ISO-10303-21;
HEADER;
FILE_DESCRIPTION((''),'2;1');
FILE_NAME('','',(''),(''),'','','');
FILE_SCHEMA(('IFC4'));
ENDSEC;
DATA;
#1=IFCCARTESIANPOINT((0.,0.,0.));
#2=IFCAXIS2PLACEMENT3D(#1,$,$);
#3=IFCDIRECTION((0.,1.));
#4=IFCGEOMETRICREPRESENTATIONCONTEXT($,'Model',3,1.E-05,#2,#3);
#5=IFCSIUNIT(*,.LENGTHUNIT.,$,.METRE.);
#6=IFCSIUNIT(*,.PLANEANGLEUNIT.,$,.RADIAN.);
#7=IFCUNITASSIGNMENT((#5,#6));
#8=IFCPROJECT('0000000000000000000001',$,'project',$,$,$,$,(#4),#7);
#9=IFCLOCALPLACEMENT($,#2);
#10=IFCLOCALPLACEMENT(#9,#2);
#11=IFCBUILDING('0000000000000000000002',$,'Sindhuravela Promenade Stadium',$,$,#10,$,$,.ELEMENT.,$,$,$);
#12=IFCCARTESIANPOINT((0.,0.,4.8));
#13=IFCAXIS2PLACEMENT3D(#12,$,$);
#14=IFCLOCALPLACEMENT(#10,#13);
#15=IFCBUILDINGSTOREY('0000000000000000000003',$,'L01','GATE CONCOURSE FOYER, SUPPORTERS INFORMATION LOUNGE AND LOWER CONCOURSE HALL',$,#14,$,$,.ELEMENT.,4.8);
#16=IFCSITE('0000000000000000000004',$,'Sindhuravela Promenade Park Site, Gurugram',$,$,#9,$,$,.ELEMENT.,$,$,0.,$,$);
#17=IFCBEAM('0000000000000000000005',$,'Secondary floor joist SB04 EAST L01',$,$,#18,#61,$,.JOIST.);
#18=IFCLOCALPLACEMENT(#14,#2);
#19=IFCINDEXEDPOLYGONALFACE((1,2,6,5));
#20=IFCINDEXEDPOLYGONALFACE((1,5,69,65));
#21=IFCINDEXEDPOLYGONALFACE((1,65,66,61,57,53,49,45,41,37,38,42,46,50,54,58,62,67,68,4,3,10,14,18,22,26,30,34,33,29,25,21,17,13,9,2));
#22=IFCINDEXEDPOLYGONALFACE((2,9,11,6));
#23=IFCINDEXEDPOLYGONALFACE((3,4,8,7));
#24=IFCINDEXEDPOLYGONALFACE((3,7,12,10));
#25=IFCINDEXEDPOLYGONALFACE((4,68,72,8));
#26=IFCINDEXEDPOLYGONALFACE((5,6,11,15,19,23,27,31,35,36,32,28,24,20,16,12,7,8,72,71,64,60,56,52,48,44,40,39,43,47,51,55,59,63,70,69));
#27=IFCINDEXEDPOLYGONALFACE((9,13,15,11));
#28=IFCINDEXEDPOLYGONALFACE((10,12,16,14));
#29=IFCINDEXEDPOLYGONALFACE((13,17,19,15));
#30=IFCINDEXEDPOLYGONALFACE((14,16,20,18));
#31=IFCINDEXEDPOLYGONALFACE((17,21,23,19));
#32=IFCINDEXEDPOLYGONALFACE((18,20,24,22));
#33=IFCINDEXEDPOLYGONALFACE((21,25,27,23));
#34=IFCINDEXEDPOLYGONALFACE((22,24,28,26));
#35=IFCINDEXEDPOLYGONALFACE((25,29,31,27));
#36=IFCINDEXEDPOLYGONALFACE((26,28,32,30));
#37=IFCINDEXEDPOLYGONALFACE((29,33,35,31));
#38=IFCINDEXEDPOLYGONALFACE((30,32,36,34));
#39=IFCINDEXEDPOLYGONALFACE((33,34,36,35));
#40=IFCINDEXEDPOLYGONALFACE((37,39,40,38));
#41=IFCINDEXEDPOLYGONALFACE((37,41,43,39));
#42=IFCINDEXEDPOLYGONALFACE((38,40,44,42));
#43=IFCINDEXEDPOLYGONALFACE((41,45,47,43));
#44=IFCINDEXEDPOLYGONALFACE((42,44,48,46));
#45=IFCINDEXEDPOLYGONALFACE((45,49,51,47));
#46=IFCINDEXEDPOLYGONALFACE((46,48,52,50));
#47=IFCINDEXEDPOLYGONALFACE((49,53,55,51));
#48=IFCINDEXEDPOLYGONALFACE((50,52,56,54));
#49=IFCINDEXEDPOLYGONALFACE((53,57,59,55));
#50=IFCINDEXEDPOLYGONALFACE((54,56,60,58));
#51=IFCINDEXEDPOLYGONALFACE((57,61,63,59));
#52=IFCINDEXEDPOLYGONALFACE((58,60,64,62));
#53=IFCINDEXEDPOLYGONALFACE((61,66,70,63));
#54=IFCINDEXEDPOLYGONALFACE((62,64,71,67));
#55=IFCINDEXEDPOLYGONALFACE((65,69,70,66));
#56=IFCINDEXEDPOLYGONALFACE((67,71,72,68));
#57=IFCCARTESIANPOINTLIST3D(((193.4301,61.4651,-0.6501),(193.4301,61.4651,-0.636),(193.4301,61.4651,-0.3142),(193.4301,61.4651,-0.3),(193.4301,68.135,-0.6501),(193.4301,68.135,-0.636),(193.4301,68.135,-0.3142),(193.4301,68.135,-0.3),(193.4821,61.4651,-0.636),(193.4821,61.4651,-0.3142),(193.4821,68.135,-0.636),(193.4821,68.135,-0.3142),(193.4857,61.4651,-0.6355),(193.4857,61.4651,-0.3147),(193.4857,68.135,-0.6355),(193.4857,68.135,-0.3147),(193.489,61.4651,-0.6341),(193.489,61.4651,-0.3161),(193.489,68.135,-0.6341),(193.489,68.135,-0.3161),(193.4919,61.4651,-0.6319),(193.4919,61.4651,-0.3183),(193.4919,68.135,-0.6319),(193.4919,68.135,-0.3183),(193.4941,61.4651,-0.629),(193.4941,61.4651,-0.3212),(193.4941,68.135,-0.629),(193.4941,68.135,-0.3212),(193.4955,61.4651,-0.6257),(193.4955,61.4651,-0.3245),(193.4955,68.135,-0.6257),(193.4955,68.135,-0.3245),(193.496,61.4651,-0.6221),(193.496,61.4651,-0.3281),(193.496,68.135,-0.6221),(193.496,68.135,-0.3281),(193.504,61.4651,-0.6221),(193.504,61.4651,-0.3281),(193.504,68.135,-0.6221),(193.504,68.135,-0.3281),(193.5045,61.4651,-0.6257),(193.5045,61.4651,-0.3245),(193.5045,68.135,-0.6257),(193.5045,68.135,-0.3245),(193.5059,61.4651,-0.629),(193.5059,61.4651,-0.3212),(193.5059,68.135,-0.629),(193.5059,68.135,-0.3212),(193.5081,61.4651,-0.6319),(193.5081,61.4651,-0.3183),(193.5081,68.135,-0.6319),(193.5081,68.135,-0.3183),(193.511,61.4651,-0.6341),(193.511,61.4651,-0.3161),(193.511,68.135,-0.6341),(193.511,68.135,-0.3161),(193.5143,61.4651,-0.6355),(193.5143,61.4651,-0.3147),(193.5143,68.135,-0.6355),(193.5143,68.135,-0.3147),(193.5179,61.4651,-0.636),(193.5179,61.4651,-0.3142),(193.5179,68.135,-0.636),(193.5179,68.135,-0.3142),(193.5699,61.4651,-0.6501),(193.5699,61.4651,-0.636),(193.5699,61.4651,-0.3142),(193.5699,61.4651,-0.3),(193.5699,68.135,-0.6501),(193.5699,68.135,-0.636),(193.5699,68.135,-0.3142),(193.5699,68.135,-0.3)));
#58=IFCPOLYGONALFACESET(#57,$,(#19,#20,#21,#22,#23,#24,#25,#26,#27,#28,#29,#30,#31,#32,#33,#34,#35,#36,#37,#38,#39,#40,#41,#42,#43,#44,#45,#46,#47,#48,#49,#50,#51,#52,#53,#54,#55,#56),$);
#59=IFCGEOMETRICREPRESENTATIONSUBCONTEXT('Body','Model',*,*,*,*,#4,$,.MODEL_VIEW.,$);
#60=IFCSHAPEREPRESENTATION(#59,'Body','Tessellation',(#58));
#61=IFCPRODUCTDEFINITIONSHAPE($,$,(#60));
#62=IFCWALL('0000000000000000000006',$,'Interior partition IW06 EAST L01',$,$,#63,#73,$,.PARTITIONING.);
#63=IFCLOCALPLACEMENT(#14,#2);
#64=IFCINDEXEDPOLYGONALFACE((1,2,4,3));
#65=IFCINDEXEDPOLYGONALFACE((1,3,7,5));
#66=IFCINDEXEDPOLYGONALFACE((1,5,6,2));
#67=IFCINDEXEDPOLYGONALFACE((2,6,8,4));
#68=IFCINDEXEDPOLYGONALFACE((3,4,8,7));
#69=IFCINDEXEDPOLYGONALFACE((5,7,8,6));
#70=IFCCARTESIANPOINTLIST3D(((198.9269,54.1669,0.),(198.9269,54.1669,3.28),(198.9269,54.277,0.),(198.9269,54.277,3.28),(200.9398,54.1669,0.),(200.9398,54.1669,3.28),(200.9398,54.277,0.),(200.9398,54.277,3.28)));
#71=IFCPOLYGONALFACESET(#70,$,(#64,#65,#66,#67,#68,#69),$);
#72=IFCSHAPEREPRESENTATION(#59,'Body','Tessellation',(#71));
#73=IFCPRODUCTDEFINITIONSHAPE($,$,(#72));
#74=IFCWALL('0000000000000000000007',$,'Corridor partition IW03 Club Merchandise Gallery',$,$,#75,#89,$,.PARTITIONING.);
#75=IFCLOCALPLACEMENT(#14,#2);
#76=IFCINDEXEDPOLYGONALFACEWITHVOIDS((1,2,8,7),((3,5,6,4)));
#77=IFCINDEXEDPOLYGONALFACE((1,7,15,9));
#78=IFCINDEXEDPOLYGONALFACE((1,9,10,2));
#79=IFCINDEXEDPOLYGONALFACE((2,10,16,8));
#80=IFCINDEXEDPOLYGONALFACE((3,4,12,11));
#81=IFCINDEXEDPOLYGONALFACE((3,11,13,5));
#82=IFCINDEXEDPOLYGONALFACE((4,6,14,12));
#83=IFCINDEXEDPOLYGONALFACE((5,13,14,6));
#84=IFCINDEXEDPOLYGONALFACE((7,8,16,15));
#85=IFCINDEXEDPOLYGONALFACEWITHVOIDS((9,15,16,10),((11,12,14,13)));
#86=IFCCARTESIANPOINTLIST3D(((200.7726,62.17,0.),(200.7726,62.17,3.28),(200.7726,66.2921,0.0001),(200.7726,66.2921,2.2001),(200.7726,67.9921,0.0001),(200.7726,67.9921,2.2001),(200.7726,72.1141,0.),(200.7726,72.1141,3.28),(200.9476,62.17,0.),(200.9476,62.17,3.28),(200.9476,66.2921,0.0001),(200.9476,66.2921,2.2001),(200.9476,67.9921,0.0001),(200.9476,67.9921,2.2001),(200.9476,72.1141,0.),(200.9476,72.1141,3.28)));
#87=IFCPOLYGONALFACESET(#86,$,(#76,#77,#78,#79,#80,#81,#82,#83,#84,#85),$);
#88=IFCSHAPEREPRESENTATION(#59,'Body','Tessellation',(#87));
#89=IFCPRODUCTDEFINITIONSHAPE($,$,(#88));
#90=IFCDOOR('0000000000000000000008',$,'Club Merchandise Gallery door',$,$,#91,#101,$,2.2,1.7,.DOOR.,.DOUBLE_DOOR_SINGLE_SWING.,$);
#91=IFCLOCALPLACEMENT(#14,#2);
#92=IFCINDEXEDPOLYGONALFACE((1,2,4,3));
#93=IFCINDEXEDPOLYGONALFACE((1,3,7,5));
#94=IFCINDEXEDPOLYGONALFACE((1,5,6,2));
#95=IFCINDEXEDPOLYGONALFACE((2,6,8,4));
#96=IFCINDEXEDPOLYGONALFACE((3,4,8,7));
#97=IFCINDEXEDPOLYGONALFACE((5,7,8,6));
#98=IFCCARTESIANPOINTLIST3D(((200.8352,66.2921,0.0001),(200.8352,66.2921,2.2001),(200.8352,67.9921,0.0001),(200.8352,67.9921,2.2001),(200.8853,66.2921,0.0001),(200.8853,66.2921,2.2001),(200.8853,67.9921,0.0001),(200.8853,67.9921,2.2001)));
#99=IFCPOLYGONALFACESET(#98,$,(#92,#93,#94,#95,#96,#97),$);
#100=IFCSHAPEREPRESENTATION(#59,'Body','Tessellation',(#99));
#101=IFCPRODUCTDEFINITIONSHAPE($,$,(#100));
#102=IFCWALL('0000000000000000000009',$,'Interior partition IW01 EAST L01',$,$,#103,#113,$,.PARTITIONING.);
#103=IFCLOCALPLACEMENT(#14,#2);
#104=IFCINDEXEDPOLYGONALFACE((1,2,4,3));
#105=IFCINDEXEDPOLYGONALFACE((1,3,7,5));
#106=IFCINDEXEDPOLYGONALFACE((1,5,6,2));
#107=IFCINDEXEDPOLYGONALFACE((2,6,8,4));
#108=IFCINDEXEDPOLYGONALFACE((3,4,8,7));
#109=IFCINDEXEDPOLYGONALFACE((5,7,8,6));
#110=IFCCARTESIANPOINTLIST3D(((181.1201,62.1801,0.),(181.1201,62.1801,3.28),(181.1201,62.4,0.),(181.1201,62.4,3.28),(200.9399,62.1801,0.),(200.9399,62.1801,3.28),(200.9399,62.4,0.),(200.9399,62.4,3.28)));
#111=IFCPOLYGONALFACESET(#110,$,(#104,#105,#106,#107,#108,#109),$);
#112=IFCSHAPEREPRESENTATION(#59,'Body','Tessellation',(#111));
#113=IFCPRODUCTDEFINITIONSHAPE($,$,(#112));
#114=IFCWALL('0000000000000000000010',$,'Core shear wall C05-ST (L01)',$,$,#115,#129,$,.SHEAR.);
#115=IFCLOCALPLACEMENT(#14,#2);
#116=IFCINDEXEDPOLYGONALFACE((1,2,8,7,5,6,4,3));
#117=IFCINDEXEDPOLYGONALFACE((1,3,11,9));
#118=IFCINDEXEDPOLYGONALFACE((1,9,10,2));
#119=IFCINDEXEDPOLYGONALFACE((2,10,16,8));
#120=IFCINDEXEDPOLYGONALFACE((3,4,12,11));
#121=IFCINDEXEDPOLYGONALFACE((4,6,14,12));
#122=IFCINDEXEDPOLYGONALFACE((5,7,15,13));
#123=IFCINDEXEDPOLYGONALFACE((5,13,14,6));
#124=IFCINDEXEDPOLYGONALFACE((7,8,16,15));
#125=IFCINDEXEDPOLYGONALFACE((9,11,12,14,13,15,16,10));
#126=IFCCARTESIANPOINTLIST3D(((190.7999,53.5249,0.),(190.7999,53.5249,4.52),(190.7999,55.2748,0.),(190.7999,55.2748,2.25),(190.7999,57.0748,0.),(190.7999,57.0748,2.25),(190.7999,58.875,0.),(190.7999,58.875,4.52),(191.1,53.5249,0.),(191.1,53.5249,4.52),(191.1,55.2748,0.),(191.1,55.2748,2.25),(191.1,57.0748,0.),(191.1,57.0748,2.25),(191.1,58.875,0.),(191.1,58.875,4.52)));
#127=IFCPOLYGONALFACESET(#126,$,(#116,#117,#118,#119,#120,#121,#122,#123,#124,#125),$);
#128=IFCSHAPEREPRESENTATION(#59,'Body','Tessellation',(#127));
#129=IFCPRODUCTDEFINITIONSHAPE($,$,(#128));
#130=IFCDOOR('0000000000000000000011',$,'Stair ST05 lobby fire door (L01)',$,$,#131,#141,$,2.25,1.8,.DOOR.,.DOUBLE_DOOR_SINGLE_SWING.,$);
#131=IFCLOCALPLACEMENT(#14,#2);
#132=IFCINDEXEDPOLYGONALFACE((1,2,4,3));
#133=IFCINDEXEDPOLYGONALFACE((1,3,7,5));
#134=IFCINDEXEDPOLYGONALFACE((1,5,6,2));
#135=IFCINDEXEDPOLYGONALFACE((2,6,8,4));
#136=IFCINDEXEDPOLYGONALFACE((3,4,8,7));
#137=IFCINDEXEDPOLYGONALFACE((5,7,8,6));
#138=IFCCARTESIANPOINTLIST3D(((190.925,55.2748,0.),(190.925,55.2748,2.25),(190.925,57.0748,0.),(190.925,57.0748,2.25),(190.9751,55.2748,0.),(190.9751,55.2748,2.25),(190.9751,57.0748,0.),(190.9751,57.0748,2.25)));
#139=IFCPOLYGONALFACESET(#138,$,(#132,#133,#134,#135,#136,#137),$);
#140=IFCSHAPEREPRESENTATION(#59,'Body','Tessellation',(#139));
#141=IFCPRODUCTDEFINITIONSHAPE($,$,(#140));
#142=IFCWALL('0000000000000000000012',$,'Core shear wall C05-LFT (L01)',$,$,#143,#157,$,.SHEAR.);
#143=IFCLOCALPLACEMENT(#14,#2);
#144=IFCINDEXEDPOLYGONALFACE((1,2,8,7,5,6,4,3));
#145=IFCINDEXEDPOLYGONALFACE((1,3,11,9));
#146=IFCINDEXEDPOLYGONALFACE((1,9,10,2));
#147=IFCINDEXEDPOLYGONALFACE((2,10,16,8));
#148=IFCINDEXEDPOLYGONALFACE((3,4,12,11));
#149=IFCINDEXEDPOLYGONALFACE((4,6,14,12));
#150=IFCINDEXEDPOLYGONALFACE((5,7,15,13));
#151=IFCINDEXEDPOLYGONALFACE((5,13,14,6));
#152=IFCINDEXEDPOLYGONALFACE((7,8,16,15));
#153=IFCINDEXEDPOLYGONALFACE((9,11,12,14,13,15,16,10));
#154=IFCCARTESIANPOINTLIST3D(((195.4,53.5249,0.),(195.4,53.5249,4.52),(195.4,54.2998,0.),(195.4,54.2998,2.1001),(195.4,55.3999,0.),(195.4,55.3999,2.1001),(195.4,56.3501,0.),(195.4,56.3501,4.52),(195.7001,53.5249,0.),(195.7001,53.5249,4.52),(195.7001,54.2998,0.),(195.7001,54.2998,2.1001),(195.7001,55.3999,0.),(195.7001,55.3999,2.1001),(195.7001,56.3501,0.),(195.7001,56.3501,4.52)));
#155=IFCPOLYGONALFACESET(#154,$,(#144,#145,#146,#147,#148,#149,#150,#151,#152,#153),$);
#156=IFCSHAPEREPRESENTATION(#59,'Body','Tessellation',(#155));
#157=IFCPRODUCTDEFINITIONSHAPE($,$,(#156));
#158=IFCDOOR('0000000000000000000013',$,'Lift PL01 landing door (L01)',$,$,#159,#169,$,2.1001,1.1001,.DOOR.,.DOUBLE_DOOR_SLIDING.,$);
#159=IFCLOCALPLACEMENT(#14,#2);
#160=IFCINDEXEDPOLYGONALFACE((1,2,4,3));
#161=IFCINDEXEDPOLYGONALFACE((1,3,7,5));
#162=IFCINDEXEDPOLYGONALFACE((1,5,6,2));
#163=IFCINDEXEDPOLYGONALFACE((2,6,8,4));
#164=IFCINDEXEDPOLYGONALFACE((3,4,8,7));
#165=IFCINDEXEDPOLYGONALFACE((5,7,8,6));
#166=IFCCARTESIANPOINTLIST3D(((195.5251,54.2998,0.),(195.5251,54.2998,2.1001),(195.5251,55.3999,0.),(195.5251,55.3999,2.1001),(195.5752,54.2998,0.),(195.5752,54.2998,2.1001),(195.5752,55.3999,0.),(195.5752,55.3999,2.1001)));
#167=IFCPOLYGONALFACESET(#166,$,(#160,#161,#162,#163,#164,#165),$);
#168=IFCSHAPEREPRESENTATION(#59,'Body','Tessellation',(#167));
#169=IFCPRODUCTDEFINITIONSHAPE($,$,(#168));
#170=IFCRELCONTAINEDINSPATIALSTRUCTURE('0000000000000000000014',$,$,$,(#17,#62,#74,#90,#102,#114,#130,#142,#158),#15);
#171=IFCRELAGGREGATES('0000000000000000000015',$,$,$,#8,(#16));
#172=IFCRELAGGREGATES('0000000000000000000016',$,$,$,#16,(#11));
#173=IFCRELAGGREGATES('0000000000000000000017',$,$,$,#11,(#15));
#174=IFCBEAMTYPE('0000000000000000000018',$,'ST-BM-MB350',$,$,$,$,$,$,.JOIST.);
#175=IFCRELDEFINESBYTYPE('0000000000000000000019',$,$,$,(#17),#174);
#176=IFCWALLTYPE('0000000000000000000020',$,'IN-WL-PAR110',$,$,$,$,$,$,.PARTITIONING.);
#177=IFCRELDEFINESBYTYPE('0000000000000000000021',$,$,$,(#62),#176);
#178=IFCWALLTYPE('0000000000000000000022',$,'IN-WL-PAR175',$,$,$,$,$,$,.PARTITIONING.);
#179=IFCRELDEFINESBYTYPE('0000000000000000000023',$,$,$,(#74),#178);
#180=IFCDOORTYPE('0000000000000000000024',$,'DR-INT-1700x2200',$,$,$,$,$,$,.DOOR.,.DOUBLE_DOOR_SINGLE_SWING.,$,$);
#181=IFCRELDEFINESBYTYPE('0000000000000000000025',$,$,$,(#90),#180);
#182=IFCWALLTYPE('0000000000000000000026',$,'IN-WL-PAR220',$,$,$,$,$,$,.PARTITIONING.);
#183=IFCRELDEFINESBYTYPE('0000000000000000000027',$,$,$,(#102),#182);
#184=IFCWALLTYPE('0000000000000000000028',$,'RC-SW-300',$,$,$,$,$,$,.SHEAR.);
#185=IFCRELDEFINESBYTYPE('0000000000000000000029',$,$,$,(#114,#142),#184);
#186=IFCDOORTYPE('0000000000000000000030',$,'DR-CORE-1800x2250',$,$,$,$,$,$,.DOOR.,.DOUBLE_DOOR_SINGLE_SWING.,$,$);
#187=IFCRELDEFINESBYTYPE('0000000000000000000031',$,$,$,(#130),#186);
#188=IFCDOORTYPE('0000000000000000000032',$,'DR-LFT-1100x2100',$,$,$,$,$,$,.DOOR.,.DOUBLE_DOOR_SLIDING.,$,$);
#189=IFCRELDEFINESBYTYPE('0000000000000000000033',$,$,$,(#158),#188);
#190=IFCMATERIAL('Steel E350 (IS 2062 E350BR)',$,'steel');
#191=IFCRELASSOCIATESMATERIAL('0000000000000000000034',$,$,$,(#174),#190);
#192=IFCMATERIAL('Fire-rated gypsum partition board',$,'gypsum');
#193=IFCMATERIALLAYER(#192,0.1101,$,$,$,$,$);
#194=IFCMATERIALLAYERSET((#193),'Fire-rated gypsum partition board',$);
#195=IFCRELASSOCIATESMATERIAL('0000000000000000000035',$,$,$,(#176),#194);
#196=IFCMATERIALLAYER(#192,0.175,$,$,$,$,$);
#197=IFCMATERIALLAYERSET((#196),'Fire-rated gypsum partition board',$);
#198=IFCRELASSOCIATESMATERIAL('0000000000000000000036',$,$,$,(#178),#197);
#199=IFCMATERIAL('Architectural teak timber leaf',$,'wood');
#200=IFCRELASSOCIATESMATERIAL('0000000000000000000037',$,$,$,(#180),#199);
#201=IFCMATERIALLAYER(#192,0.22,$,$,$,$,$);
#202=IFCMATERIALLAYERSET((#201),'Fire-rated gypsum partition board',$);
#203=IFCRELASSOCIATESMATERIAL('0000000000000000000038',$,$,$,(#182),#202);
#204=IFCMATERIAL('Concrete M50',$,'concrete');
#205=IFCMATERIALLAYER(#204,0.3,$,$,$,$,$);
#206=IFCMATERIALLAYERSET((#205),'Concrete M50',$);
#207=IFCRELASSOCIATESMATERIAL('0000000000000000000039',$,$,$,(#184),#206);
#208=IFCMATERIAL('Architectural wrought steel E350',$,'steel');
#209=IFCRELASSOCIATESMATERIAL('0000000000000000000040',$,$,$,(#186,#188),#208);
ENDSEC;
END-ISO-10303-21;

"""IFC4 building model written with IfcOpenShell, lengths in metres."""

from ifc_helpers import new_model, si_unit, direction, frame, frame_2d, origin, origin_2d, place, context, subcontext, project, spatial, rectangle, i_section, extrude, material, layer, layer_set, material_profile, profile_set, type_object, element, fill, save


model = new_model("IFC4")

# Units and contexts
model_context = context("Model", 3, precision=1e-05, world=origin(), true_north=direction((0.0, 1.0)))
body_context = subcontext(model_context, "Body", "Model", "MODEL_VIEW")
ifc_project = project(units=[si_unit("LENGTHUNIT", "METRE"), si_unit("PLANEANGLEUNIT", "RADIAN")], contexts=[model_context])

# Site, building, storey
site_placement = place(None, origin())
site = spatial("IfcSite", under=ifc_project, at=site_placement, Name="Sindhuravela Promenade Park Site, Gurugram", CompositionType="ELEMENT", RefElevation=0.0)
building_placement = place(site_placement, origin())
building = spatial("IfcBuilding", under=site, at=building_placement, Name="Sindhuravela Promenade Stadium", CompositionType="ELEMENT")
storey_placement = place(building_placement, frame((0.0, 0.0, 4.8)))
storey = spatial("IfcBuildingStorey", under=building, at=storey_placement, Name="L01", Description="GATE CONCOURSE FOYER, SUPPORTERS INFORMATION LOUNGE AND LOWER CONCOURSE HALL", CompositionType="ELEMENT", Elevation=4.8)

# Shared definitions
ifc_material_1 = material(Name="Concrete M50", Category="concrete")

# Beam
ifc_material_2 = material(Name="Steel E350 (IS 2062 E350BR)", Category="steel")
ifc_material_profile_1 = material_profile(ifc_material_2, i_section(OverallWidth=0.1399, OverallDepth=0.3501, WebThickness=0.0081, FlangeThickness=0.0142, FilletRadius=0.0139, at=origin_2d()), Name="ISMB 350")
ifc_profile_set_1 = profile_set([ifc_material_profile_1], Name="Steel E350 (IS 2062 E350BR)")
beam_type_1 = type_object("IfcBeamType", Name="ST-BM-MB350", PredefinedType="JOIST", material=ifc_profile_set_1)
beam_1_placement = place(storey_placement, frame((193.5, 61.4651, -0.4751), z_axis=(0.0, 1.0, 0.0), x_axis=(-1.0, 0.0, 0.0)))
element("IfcBeam", 1, at=beam_1_placement, inside=storey, type_object=beam_type_1, Name="Secondary floor joist SB04 EAST L01", PredefinedType="JOIST", context=body_context, shape_type="SweptSolid", body=[
    extrude(i_section(OverallWidth=0.1399, OverallDepth=0.3501, WebThickness=0.0081, FlangeThickness=0.0142, FilletRadius=0.0139, at=origin_2d()), origin(), (0.0, 0.0, 1.0), 6.6699),
])

# Wall
ifc_material_3 = material(Name="Fire-rated gypsum partition board", Category="gypsum")
ifc_layer_1 = layer(ifc_material_3, 0.1101)
ifc_layer_set_1 = layer_set([ifc_layer_1], Name="Fire-rated gypsum partition board")
wall_type_1 = type_object("IfcWallType", Name="IN-WL-PAR110", PredefinedType="PARTITIONING", material=ifc_layer_set_1)
wall_1_placement = place(storey_placement, frame((198.927, 54.2219, 0.0), z_axis=(0.0, 0.0, 1.0), x_axis=(1.0, 0.0, 0.0)))
element("IfcWall", 2, at=wall_1_placement, inside=storey, type_object=wall_type_1, Name="Interior partition IW06 EAST L01", PredefinedType="PARTITIONING", context=body_context, shape_type="SweptSolid", body=[
    extrude(rectangle(XDim=2.0129, YDim=0.1101, at=frame_2d((1.0063, 0.0))), origin(), (0.0, 0.0, 1.0), 3.28),
])

# Wall, opening, door
ifc_layer_2 = layer(ifc_material_3, 0.175)
ifc_layer_set_2 = layer_set([ifc_layer_2], Name="Fire-rated gypsum partition board")
wall_type_2 = type_object("IfcWallType", Name="IN-WL-PAR175", PredefinedType="PARTITIONING", material=ifc_layer_set_2)
wall_2_placement = place(storey_placement, frame((200.8601, 62.1699, 0.0), z_axis=(0.0, 0.0, 1.0), x_axis=(0.0, 1.0, 0.0)))
wall_2 = element("IfcWall", 3, at=wall_2_placement, inside=storey, type_object=wall_type_2, Name="Corridor partition IW03 Club Merchandise Gallery", PredefinedType="PARTITIONING", context=body_context, shape_type="SweptSolid", body=[
    extrude(rectangle(XDim=9.9441, YDim=0.175, at=frame_2d((4.9722, 0.0))), origin(), (0.0, 0.0, 1.0), 3.28),
])
opening_1_placement = place(wall_2_placement, frame((4.1221, 0.0, 0.0)))
opening_1 = element("IfcOpeningElement", 4, at=opening_1_placement, cuts=wall_2, PredefinedType="OPENING", context=body_context, shape_type="SweptSolid", body=[
    extrude(rectangle(XDim=1.7, YDim=2.2, at=frame_2d((0.8501, 1.1001))), frame((0.0, 0.0974, 0.0), z_axis=(0.0, -1.0, 0.0), x_axis=(1.0, 0.0, 0.0)), (0.0, 0.0, 1.0), 0.1951),
])
ifc_material_4 = material(Name="Architectural teak timber leaf", Category="wood")
door_type_1 = type_object("IfcDoorType", Name="DR-INT-1700x2200", OperationType="DOUBLE_DOOR_SINGLE_SWING", PredefinedType="DOOR", material=ifc_material_4)
door_1_placement = place(opening_1_placement, origin())
door_1 = element("IfcDoor", 5, at=door_1_placement, inside=storey, type_object=door_type_1, Name="Club Merchandise Gallery door", OperationType="DOUBLE_DOOR_SINGLE_SWING", OverallHeight=2.2, OverallWidth=1.7, PredefinedType="DOOR", context=body_context, shape_type="SweptSolid", body=[
    extrude(rectangle(XDim=1.7, YDim=2.2, at=frame_2d((0.8501, 1.1001))), frame((0.0, 0.0249, 0.0), z_axis=(0.0, -1.0, 0.0), x_axis=(1.0, 0.0, 0.0)), (0.0, 0.0, 1.0), 0.05),
])
fill(opening_1, door_1)

# Wall
ifc_layer_3 = layer(ifc_material_3, 0.22)
ifc_layer_set_3 = layer_set([ifc_layer_3], Name="Fire-rated gypsum partition board")
wall_type_3 = type_object("IfcWallType", Name="IN-WL-PAR220", PredefinedType="PARTITIONING", material=ifc_layer_set_3)
wall_3_placement = place(storey_placement, frame((200.9399, 62.29, 0.0), z_axis=(0.0, 0.0, 1.0), x_axis=(-1.0, 0.0, 0.0)))
element("IfcWall", 6, at=wall_3_placement, inside=storey, type_object=wall_type_3, Name="Interior partition IW01 EAST L01", PredefinedType="PARTITIONING", context=body_context, shape_type="SweptSolid", body=[
    extrude(rectangle(XDim=19.8198, YDim=0.22, at=frame_2d((9.9099, 0.0))), origin(), (0.0, 0.0, 1.0), 3.28),
])

# Walls, openings, doors
ifc_layer_4 = layer(ifc_material_1, 0.3)
ifc_layer_set_4 = layer_set([ifc_layer_4], Name="Concrete M50")
wall_type_4 = type_object("IfcWallType", Name="RC-SW-300", PredefinedType="SHEAR", material=ifc_layer_set_4)
wall_4_placement = place(storey_placement, frame((190.95, 53.5249, 0.0), z_axis=(0.0, 0.0, 1.0), x_axis=(0.0, 1.0, 0.0)))
wall_4 = element("IfcWall", 7, at=wall_4_placement, inside=storey, type_object=wall_type_4, Name="Core shear wall C05-ST (L01)", PredefinedType="SHEAR", context=body_context, shape_type="SweptSolid", body=[
    extrude(rectangle(XDim=5.3501, YDim=0.3, at=frame_2d((2.675, 0.0))), origin(), (0.0, 0.0, 1.0), 4.52),
])
opening_2_placement = place(wall_4_placement, frame((1.75, 0.0, 0.0)))
opening_2 = element("IfcOpeningElement", 8, at=opening_2_placement, cuts=wall_4, PredefinedType="OPENING", context=body_context, shape_type="SweptSolid", body=[
    extrude(rectangle(XDim=1.8, YDim=2.25, at=frame_2d((0.8999, 1.125))), frame((0.0, 0.1599, 0.0), z_axis=(0.0, -1.0, 0.0), x_axis=(1.0, 0.0, 0.0)), (0.0, 0.0, 1.0), 0.3201),
])
ifc_material_5 = material(Name="Architectural wrought steel E350", Category="steel")
door_type_2 = type_object("IfcDoorType", Name="DR-CORE-1800x2250", OperationType="DOUBLE_DOOR_SINGLE_SWING", PredefinedType="DOOR", material=ifc_material_5)
door_2_placement = place(opening_2_placement, origin())
door_2 = element("IfcDoor", 9, at=door_2_placement, inside=storey, type_object=door_type_2, Name="Stair ST05 lobby fire door (L01)", OperationType="DOUBLE_DOOR_SINGLE_SWING", OverallHeight=2.25, OverallWidth=1.8, PredefinedType="DOOR", context=body_context, shape_type="SweptSolid", body=[
    extrude(rectangle(XDim=1.8, YDim=2.25, at=frame_2d((0.8999, 1.125))), frame((0.0, 0.0249, 0.0), z_axis=(0.0, -1.0, 0.0), x_axis=(1.0, 0.0, 0.0)), (0.0, 0.0, 1.0), 0.05),
])
fill(opening_2, door_2)
wall_5_placement = place(storey_placement, frame((195.55, 53.5249, 0.0), z_axis=(0.0, 0.0, 1.0), x_axis=(0.0, 1.0, 0.0)))
wall_5 = element("IfcWall", 10, at=wall_5_placement, inside=storey, type_object=wall_type_4, Name="Core shear wall C05-LFT (L01)", PredefinedType="SHEAR", context=body_context, shape_type="SweptSolid", body=[
    extrude(rectangle(XDim=2.8252, YDim=0.3, at=frame_2d((1.4126, 0.0))), origin(), (0.0, 0.0, 1.0), 4.52),
])
opening_3_placement = place(wall_5_placement, frame((0.7749, 0.0, 0.0)))
opening_3 = element("IfcOpeningElement", 11, at=opening_3_placement, cuts=wall_5, PredefinedType="OPENING", context=body_context, shape_type="SweptSolid", body=[
    extrude(rectangle(XDim=1.1001, YDim=2.1001, at=frame_2d((0.55, 1.05))), frame((0.0, 0.1599, 0.0), z_axis=(0.0, -1.0, 0.0), x_axis=(1.0, 0.0, 0.0)), (0.0, 0.0, 1.0), 0.3201),
])
door_type_3 = type_object("IfcDoorType", Name="DR-LFT-1100x2100", OperationType="DOUBLE_DOOR_SLIDING", PredefinedType="DOOR", material=ifc_material_5)
door_3_placement = place(opening_3_placement, origin())
door_3 = element("IfcDoor", 12, at=door_3_placement, inside=storey, type_object=door_type_3, Name="Lift PL01 landing door (L01)", OperationType="DOUBLE_DOOR_SLIDING", OverallHeight=2.1001, OverallWidth=1.1001, PredefinedType="DOOR", context=body_context, shape_type="SweptSolid", body=[
    extrude(rectangle(XDim=1.1001, YDim=2.1001, at=frame_2d((0.55, 1.05))), frame((0.0, 0.0249, 0.0), z_axis=(0.0, -1.0, 0.0), x_axis=(1.0, 0.0, 0.0)), (0.0, 0.0, 1.0), 0.05),
])
fill(opening_3, door_3)

save(model, "model.ifc")
